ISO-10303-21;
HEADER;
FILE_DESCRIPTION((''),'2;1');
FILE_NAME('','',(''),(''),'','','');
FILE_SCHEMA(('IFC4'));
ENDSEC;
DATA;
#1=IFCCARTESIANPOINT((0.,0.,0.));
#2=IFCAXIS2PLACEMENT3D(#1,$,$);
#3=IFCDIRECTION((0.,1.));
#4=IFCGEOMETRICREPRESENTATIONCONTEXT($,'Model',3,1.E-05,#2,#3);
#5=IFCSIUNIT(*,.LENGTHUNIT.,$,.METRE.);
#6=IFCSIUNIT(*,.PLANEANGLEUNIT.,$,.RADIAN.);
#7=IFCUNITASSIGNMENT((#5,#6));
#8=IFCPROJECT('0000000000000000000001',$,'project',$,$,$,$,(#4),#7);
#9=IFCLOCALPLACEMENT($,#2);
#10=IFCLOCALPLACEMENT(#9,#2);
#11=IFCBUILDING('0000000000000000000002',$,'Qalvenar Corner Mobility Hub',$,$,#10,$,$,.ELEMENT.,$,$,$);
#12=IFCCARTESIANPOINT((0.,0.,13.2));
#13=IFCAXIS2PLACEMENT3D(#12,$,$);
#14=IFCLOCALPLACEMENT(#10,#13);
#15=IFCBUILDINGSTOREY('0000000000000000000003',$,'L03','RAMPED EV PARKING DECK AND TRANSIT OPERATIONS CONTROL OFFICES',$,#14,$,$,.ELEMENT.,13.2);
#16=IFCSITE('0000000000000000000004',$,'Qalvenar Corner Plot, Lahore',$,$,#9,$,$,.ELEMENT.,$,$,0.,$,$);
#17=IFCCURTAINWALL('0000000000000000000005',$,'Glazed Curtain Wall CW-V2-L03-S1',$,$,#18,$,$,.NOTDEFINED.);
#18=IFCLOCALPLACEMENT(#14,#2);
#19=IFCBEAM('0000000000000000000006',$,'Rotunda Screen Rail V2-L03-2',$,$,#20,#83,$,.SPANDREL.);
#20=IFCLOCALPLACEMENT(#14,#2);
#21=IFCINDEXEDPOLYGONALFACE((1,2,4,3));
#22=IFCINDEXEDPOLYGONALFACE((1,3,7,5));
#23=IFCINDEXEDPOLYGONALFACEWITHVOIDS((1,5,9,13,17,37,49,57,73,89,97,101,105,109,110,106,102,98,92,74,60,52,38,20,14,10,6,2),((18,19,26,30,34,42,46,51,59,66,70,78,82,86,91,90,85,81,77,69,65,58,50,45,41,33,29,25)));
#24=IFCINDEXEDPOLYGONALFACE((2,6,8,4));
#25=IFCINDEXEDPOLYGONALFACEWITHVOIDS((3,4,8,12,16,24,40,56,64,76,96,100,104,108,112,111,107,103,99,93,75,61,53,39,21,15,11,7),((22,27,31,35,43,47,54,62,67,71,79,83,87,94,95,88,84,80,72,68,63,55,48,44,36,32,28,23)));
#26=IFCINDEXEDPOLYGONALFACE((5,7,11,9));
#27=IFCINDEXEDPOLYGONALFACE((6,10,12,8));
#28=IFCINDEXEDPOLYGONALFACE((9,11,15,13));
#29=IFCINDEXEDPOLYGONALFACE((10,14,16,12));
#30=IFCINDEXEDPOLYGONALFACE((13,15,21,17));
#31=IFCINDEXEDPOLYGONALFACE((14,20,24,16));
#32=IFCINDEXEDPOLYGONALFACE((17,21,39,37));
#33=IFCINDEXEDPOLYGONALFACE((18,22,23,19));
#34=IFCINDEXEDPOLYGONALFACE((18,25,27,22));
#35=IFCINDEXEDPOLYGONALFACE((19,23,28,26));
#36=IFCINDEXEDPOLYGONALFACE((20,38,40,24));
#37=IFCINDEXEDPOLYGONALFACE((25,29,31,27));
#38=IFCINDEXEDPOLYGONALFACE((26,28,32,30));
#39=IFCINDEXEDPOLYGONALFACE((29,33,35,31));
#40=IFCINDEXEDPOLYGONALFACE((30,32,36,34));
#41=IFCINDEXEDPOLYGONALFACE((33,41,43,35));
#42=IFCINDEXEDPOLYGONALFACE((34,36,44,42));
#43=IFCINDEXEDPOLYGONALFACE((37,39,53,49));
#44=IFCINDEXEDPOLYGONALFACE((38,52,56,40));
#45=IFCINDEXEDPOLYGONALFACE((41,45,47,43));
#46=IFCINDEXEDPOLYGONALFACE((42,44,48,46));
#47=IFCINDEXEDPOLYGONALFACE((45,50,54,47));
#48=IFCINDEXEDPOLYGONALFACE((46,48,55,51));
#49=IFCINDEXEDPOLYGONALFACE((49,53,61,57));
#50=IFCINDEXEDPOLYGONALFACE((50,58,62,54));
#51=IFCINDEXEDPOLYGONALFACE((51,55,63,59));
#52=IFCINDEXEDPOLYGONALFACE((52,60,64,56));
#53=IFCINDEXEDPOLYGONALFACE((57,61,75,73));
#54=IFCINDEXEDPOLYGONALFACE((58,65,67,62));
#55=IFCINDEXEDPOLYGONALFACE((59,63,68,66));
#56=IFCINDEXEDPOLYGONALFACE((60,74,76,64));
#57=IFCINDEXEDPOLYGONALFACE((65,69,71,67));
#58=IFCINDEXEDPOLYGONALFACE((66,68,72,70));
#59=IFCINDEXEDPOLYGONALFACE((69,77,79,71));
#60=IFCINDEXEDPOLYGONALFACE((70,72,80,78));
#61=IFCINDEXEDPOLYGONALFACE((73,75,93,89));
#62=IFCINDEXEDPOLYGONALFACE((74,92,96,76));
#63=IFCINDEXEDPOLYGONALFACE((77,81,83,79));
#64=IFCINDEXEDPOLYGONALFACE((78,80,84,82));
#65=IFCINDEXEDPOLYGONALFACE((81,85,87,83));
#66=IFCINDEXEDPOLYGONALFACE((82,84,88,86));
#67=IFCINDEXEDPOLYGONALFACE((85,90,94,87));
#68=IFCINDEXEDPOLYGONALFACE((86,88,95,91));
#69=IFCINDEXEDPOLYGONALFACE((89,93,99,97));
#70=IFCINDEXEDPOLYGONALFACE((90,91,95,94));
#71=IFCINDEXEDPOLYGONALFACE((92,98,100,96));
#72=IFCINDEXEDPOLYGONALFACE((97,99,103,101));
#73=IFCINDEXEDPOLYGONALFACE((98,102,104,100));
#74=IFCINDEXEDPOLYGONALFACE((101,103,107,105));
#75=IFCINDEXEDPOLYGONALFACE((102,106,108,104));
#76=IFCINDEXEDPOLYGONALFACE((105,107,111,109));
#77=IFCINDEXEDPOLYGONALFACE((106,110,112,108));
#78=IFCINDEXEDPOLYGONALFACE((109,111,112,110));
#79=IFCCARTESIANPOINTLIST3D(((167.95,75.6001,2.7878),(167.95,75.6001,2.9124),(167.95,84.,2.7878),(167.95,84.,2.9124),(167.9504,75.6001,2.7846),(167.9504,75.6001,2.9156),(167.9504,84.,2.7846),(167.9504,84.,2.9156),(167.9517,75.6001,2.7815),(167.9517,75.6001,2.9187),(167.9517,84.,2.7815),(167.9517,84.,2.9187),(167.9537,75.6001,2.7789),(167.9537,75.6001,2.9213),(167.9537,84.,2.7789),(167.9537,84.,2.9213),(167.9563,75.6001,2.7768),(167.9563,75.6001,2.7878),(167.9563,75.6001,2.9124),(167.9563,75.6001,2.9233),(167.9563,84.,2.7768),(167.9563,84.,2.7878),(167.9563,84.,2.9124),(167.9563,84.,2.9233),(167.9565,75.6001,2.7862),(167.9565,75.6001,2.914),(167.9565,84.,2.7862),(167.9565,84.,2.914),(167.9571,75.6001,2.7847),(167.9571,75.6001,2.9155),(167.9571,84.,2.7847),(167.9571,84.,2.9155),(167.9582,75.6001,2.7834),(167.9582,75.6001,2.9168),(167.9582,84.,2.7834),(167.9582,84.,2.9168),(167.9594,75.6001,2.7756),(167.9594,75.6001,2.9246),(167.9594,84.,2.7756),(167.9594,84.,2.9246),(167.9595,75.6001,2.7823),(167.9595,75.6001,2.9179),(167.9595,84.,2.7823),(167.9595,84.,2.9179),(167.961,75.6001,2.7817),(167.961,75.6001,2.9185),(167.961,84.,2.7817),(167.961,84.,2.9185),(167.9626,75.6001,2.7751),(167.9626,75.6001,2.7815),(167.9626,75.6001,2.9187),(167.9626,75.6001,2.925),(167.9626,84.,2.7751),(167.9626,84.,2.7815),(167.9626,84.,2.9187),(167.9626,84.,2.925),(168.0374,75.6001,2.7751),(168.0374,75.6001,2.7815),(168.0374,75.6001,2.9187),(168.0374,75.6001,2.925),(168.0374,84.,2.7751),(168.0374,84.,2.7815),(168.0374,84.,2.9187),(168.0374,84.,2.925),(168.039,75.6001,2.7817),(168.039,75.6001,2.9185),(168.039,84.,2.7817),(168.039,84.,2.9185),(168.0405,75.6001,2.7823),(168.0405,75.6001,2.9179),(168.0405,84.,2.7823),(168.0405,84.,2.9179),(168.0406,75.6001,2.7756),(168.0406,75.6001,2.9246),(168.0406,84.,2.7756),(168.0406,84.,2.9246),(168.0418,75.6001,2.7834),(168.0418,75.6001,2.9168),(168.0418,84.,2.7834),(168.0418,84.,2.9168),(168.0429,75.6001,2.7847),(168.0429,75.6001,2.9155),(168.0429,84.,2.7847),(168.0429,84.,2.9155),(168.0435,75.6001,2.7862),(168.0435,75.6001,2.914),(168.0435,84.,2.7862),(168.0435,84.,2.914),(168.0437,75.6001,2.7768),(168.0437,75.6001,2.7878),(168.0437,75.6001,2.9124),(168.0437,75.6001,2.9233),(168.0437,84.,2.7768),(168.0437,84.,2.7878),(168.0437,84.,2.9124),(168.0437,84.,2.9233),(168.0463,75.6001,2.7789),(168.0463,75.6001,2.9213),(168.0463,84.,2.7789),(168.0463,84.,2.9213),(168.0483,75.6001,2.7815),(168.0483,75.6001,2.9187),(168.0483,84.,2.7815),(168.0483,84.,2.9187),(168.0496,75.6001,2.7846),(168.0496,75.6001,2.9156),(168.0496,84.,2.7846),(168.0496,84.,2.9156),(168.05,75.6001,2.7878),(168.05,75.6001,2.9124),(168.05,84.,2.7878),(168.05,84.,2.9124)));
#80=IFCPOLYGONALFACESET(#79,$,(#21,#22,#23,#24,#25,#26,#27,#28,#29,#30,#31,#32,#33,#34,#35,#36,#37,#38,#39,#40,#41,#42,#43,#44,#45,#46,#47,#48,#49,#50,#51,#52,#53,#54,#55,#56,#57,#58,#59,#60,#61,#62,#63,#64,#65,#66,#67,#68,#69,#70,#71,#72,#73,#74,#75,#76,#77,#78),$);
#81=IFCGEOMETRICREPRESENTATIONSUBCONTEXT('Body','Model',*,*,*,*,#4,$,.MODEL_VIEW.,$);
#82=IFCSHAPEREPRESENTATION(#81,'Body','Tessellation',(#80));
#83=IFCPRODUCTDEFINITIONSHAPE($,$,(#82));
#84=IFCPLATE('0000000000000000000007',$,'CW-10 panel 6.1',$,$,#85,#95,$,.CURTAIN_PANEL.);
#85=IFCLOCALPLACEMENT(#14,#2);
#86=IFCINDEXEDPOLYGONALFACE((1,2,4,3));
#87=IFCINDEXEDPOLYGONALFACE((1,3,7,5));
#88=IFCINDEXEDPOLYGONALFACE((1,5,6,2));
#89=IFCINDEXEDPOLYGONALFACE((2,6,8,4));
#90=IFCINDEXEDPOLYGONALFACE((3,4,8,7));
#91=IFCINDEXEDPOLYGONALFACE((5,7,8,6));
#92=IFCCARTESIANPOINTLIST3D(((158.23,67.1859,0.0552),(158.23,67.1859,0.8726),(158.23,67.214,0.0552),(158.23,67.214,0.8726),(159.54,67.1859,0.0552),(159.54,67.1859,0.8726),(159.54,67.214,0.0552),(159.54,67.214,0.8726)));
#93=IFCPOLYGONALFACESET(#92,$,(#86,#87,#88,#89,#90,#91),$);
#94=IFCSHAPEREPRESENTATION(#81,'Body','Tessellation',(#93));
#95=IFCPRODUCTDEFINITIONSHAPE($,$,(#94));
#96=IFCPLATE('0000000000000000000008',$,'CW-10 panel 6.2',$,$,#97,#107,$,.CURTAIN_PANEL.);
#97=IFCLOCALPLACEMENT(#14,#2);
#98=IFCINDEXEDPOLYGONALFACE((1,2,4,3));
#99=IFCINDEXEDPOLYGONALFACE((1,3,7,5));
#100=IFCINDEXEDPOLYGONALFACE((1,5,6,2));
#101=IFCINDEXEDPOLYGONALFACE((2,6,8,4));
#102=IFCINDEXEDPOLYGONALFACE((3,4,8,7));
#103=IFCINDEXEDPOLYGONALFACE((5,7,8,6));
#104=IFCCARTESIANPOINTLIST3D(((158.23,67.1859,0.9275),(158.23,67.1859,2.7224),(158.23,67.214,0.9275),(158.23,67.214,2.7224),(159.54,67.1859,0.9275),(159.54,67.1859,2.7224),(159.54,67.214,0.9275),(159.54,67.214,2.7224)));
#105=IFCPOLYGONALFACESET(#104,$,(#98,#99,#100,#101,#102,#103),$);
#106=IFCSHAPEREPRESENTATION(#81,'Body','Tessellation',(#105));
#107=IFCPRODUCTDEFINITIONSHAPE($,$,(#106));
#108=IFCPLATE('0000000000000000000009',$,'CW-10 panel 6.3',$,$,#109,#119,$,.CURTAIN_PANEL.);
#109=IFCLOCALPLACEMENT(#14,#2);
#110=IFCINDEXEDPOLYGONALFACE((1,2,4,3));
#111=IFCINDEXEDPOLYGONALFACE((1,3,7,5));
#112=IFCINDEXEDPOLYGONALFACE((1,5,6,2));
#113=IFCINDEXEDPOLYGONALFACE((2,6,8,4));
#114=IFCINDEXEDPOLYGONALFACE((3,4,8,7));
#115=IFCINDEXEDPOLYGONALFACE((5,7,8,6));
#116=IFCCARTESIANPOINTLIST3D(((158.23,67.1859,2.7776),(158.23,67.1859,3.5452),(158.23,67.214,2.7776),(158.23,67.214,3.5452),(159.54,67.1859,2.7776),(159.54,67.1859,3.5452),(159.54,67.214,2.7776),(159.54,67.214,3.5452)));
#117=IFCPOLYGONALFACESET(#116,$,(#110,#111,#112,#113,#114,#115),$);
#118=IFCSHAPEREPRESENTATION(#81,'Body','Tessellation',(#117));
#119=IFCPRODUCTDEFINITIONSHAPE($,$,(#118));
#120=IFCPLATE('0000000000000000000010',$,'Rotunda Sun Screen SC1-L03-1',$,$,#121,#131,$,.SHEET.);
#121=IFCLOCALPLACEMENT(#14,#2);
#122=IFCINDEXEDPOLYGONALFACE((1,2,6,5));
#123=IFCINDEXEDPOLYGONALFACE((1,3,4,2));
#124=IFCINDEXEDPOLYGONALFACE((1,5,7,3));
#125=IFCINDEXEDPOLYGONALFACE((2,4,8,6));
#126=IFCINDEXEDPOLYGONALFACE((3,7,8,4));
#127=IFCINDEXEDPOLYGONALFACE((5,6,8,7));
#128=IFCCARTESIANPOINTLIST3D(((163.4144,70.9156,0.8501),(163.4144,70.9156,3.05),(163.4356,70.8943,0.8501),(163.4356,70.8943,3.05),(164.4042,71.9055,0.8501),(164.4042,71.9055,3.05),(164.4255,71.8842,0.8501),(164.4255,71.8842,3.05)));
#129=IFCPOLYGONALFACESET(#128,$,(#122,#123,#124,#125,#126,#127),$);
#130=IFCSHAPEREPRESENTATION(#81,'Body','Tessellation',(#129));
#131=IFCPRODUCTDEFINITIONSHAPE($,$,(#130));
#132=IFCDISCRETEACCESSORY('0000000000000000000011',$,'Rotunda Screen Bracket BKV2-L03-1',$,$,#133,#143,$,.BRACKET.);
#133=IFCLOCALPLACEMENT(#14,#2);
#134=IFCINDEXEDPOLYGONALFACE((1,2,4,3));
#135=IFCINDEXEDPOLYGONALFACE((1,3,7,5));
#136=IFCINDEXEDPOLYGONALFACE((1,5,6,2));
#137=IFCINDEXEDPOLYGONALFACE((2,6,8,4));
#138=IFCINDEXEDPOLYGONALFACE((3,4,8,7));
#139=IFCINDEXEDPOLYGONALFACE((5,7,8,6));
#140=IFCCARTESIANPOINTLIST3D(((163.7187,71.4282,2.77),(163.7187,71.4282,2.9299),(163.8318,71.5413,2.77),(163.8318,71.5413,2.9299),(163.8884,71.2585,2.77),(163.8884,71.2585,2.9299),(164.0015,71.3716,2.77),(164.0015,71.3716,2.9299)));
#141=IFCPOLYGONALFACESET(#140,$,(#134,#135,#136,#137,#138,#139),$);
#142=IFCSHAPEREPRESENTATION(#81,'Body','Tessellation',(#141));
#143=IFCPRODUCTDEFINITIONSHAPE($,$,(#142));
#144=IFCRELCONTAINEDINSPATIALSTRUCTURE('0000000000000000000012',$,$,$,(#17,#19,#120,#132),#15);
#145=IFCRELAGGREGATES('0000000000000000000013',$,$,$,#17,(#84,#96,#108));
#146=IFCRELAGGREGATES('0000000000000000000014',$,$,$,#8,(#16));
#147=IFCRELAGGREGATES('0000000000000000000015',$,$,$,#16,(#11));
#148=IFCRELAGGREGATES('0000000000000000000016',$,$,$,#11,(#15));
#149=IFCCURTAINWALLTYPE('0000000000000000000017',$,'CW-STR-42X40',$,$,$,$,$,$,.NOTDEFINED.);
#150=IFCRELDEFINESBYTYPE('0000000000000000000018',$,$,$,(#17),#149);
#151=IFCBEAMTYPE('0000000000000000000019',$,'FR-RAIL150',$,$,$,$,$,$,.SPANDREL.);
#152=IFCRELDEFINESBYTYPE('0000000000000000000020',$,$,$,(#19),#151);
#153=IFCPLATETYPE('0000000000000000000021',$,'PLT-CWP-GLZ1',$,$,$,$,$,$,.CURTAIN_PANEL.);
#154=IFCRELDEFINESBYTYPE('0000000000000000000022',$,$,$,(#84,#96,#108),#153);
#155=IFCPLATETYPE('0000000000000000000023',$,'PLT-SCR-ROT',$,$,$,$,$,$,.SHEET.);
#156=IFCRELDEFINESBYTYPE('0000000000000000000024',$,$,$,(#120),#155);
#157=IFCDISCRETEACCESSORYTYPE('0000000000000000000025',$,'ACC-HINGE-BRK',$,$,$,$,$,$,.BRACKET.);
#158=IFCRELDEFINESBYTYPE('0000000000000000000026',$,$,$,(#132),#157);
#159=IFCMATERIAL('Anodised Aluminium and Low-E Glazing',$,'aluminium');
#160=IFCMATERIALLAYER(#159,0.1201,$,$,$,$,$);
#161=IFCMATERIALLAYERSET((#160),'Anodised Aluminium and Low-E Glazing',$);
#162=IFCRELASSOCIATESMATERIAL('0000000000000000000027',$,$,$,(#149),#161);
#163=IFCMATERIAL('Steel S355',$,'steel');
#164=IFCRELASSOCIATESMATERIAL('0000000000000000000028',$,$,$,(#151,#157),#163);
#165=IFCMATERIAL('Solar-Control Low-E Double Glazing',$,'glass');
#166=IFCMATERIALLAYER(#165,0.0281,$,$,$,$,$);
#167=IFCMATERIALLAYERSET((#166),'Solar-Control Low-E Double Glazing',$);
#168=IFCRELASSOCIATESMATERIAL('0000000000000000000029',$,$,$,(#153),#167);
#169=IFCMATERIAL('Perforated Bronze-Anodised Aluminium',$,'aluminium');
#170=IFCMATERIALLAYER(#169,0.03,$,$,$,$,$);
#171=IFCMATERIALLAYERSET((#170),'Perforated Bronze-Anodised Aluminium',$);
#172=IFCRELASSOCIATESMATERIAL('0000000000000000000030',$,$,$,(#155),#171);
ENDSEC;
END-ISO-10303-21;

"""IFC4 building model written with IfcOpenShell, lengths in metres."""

from ifc_helpers import new_model, si_unit, direction, frame, origin, origin_2d, place, context, subcontext, project, spatial, rectangle, hollow_rectangle, extrude, material, layer, layer_set, material_profile, profile_set, type_object, element, aggregate, save


model = new_model("IFC4")

# Units and contexts
model_context = context("Model", 3, precision=1e-05, world=origin(), true_north=direction((0.0, 1.0)))
body_context = subcontext(model_context, "Body", "Model", "MODEL_VIEW")
ifc_project = project(units=[si_unit("LENGTHUNIT", "METRE"), si_unit("PLANEANGLEUNIT", "RADIAN")], contexts=[model_context])

# Site, building, storey
site_placement = place(None, origin())
site = spatial("IfcSite", under=ifc_project, at=site_placement, Name="Qalvenar Corner Plot, Lahore", CompositionType="ELEMENT", RefElevation=0.0)
building_placement = place(site_placement, origin())
building = spatial("IfcBuilding", under=site, at=building_placement, Name="Qalvenar Corner Mobility Hub", CompositionType="ELEMENT")
storey_placement = place(building_placement, frame((0.0, 0.0, 13.2)))
storey = spatial("IfcBuildingStorey", under=building, at=storey_placement, Name="L03", Description="RAMPED EV PARKING DECK AND TRANSIT OPERATIONS CONTROL OFFICES", CompositionType="ELEMENT", Elevation=13.2)

# Shared definitions
ifc_material_1 = material(Name="Steel S355", Category="steel")

# Curtain wall
ifc_material_2 = material(Name="Anodised Aluminium and Low-E Glazing", Category="aluminium")
ifc_layer_1 = layer(ifc_material_2, 0.1201)
ifc_layer_set_1 = layer_set([ifc_layer_1], Name="Anodised Aluminium and Low-E Glazing")
curtain_wall_type = type_object("IfcCurtainWallType", Name="CW-STR-42X40", PredefinedType="NOTDEFINED", material=ifc_layer_set_1)
curtain_wall_placement = place(storey_placement, origin())
curtain_wall = element("IfcCurtainWall", 1, at=curtain_wall_placement, inside=storey, type_object=curtain_wall_type, Name="Glazed Curtain Wall CW-V2-L03-S1", PredefinedType="NOTDEFINED")

# Beam
ifc_material_profile_1 = material_profile(ifc_material_1, hollow_rectangle(XDim=0.1001, YDim=0.1499, WallThickness=0.0063, InnerFilletRadius=0.0063, OuterFilletRadius=0.0127, at=origin_2d()), Name="RHS150x100x6.3")
ifc_profile_set_1 = profile_set([ifc_material_profile_1], Name="Steel S355")
beam_type_1 = type_object("IfcBeamType", Name="FR-RAIL150", PredefinedType="SPANDREL", material=ifc_profile_set_1)
beam_1_placement = place(storey_placement, frame((168.0, 75.6001, 2.8501), z_axis=(0.0, 1.0, 0.0), x_axis=(-1.0, 0.0, 0.0)))
element("IfcBeam", 2, at=beam_1_placement, inside=storey, type_object=beam_type_1, Name="Rotunda Screen Rail V2-L03-2", PredefinedType="SPANDREL", context=body_context, shape_type="SweptSolid", body=[
    extrude(hollow_rectangle(XDim=0.1001, YDim=0.1499, WallThickness=0.0063, InnerFilletRadius=0.0063, OuterFilletRadius=0.0127, at=origin_2d()), origin(), (0.0, 0.0, 1.0), 8.3999),
])

# Plates
ifc_material_3 = material(Name="Solar-Control Low-E Double Glazing", Category="glass")
ifc_layer_2 = layer(ifc_material_3, 0.0281)
ifc_layer_set_2 = layer_set([ifc_layer_2], Name="Solar-Control Low-E Double Glazing")
plate_type_1 = type_object("IfcPlateType", Name="PLT-CWP-GLZ1", PredefinedType="CURTAIN_PANEL", material=ifc_layer_set_2)
plate_1_placement = place(storey_placement, frame((158.885, 67.2, 0.0552), z_axis=(0.0, 0.0, 1.0), x_axis=(1.0, 0.0, 0.0)))
plate_1 = element("IfcPlate", 3, at=plate_1_placement, type_object=plate_type_1, Name="CW-10 panel 6.1", PredefinedType="CURTAIN_PANEL", context=body_context, shape_type="SweptSolid", body=[
    extrude(rectangle(XDim=1.3101, YDim=0.0281, at=origin_2d()), origin(), (0.0, 0.0, 1.0), 0.8174),
])
plate_2_placement = place(storey_placement, frame((158.885, 67.2, 0.9275), z_axis=(0.0, 0.0, 1.0), x_axis=(1.0, 0.0, 0.0)))
plate_2 = element("IfcPlate", 4, at=plate_2_placement, type_object=plate_type_1, Name="CW-10 panel 6.2", PredefinedType="CURTAIN_PANEL", context=body_context, shape_type="SweptSolid", body=[
    extrude(rectangle(XDim=1.3101, YDim=0.0281, at=origin_2d()), origin(), (0.0, 0.0, 1.0), 1.7949),
])
plate_3_placement = place(storey_placement, frame((158.885, 67.2, 2.7776), z_axis=(0.0, 0.0, 1.0), x_axis=(1.0, 0.0, 0.0)))
plate_3 = element("IfcPlate", 5, at=plate_3_placement, type_object=plate_type_1, Name="CW-10 panel 6.3", PredefinedType="CURTAIN_PANEL", context=body_context, shape_type="SweptSolid", body=[
    extrude(rectangle(XDim=1.3101, YDim=0.0281, at=origin_2d()), origin(), (0.0, 0.0, 1.0), 0.7676),
])
aggregate(curtain_wall, [plate_1, plate_2, plate_3])
ifc_material_4 = material(Name="Perforated Bronze-Anodised Aluminium", Category="aluminium")
ifc_layer_3 = layer(ifc_material_4, 0.03)
ifc_layer_set_3 = layer_set([ifc_layer_3], Name="Perforated Bronze-Anodised Aluminium")
plate_type_2 = type_object("IfcPlateType", Name="PLT-SCR-ROT", PredefinedType="SHEET", material=ifc_layer_set_3)
plate_4_placement = place(storey_placement, frame((163.9199, 71.3999, 0.8501), z_axis=(0.0, 0.0, 1.0), x_axis=(0.707107, 0.707107, 0.0)))
element("IfcPlate", 6, at=plate_4_placement, inside=storey, type_object=plate_type_2, Name="Rotunda Sun Screen SC1-L03-1", PredefinedType="SHEET", context=body_context, shape_type="SweptSolid", body=[
    extrude(rectangle(XDim=1.3999, YDim=0.03, at=origin_2d()), origin(), (0.0, 0.0, 1.0), 2.2),
])

# Discrete accessory
discrete_accessory_type = type_object("IfcDiscreteAccessoryType", Name="ACC-HINGE-BRK", PredefinedType="BRACKET", material=ifc_material_1)
discrete_accessory_placement = place(storey_placement, frame((163.8601, 71.3999, 2.77), z_axis=(0.0, 0.0, 1.0), x_axis=(0.707107, 0.707107, 0.0)))
element("IfcDiscreteAccessory", 7, at=discrete_accessory_placement, inside=storey, type_object=discrete_accessory_type, Name="Rotunda Screen Bracket BKV2-L03-1", PredefinedType="BRACKET", context=body_context, shape_type="SweptSolid", body=[
    extrude(rectangle(XDim=0.1599, YDim=0.24, at=origin_2d()), origin(), (0.0, 0.0, 1.0), 0.1599),
])

save(model, "model.ifc")
